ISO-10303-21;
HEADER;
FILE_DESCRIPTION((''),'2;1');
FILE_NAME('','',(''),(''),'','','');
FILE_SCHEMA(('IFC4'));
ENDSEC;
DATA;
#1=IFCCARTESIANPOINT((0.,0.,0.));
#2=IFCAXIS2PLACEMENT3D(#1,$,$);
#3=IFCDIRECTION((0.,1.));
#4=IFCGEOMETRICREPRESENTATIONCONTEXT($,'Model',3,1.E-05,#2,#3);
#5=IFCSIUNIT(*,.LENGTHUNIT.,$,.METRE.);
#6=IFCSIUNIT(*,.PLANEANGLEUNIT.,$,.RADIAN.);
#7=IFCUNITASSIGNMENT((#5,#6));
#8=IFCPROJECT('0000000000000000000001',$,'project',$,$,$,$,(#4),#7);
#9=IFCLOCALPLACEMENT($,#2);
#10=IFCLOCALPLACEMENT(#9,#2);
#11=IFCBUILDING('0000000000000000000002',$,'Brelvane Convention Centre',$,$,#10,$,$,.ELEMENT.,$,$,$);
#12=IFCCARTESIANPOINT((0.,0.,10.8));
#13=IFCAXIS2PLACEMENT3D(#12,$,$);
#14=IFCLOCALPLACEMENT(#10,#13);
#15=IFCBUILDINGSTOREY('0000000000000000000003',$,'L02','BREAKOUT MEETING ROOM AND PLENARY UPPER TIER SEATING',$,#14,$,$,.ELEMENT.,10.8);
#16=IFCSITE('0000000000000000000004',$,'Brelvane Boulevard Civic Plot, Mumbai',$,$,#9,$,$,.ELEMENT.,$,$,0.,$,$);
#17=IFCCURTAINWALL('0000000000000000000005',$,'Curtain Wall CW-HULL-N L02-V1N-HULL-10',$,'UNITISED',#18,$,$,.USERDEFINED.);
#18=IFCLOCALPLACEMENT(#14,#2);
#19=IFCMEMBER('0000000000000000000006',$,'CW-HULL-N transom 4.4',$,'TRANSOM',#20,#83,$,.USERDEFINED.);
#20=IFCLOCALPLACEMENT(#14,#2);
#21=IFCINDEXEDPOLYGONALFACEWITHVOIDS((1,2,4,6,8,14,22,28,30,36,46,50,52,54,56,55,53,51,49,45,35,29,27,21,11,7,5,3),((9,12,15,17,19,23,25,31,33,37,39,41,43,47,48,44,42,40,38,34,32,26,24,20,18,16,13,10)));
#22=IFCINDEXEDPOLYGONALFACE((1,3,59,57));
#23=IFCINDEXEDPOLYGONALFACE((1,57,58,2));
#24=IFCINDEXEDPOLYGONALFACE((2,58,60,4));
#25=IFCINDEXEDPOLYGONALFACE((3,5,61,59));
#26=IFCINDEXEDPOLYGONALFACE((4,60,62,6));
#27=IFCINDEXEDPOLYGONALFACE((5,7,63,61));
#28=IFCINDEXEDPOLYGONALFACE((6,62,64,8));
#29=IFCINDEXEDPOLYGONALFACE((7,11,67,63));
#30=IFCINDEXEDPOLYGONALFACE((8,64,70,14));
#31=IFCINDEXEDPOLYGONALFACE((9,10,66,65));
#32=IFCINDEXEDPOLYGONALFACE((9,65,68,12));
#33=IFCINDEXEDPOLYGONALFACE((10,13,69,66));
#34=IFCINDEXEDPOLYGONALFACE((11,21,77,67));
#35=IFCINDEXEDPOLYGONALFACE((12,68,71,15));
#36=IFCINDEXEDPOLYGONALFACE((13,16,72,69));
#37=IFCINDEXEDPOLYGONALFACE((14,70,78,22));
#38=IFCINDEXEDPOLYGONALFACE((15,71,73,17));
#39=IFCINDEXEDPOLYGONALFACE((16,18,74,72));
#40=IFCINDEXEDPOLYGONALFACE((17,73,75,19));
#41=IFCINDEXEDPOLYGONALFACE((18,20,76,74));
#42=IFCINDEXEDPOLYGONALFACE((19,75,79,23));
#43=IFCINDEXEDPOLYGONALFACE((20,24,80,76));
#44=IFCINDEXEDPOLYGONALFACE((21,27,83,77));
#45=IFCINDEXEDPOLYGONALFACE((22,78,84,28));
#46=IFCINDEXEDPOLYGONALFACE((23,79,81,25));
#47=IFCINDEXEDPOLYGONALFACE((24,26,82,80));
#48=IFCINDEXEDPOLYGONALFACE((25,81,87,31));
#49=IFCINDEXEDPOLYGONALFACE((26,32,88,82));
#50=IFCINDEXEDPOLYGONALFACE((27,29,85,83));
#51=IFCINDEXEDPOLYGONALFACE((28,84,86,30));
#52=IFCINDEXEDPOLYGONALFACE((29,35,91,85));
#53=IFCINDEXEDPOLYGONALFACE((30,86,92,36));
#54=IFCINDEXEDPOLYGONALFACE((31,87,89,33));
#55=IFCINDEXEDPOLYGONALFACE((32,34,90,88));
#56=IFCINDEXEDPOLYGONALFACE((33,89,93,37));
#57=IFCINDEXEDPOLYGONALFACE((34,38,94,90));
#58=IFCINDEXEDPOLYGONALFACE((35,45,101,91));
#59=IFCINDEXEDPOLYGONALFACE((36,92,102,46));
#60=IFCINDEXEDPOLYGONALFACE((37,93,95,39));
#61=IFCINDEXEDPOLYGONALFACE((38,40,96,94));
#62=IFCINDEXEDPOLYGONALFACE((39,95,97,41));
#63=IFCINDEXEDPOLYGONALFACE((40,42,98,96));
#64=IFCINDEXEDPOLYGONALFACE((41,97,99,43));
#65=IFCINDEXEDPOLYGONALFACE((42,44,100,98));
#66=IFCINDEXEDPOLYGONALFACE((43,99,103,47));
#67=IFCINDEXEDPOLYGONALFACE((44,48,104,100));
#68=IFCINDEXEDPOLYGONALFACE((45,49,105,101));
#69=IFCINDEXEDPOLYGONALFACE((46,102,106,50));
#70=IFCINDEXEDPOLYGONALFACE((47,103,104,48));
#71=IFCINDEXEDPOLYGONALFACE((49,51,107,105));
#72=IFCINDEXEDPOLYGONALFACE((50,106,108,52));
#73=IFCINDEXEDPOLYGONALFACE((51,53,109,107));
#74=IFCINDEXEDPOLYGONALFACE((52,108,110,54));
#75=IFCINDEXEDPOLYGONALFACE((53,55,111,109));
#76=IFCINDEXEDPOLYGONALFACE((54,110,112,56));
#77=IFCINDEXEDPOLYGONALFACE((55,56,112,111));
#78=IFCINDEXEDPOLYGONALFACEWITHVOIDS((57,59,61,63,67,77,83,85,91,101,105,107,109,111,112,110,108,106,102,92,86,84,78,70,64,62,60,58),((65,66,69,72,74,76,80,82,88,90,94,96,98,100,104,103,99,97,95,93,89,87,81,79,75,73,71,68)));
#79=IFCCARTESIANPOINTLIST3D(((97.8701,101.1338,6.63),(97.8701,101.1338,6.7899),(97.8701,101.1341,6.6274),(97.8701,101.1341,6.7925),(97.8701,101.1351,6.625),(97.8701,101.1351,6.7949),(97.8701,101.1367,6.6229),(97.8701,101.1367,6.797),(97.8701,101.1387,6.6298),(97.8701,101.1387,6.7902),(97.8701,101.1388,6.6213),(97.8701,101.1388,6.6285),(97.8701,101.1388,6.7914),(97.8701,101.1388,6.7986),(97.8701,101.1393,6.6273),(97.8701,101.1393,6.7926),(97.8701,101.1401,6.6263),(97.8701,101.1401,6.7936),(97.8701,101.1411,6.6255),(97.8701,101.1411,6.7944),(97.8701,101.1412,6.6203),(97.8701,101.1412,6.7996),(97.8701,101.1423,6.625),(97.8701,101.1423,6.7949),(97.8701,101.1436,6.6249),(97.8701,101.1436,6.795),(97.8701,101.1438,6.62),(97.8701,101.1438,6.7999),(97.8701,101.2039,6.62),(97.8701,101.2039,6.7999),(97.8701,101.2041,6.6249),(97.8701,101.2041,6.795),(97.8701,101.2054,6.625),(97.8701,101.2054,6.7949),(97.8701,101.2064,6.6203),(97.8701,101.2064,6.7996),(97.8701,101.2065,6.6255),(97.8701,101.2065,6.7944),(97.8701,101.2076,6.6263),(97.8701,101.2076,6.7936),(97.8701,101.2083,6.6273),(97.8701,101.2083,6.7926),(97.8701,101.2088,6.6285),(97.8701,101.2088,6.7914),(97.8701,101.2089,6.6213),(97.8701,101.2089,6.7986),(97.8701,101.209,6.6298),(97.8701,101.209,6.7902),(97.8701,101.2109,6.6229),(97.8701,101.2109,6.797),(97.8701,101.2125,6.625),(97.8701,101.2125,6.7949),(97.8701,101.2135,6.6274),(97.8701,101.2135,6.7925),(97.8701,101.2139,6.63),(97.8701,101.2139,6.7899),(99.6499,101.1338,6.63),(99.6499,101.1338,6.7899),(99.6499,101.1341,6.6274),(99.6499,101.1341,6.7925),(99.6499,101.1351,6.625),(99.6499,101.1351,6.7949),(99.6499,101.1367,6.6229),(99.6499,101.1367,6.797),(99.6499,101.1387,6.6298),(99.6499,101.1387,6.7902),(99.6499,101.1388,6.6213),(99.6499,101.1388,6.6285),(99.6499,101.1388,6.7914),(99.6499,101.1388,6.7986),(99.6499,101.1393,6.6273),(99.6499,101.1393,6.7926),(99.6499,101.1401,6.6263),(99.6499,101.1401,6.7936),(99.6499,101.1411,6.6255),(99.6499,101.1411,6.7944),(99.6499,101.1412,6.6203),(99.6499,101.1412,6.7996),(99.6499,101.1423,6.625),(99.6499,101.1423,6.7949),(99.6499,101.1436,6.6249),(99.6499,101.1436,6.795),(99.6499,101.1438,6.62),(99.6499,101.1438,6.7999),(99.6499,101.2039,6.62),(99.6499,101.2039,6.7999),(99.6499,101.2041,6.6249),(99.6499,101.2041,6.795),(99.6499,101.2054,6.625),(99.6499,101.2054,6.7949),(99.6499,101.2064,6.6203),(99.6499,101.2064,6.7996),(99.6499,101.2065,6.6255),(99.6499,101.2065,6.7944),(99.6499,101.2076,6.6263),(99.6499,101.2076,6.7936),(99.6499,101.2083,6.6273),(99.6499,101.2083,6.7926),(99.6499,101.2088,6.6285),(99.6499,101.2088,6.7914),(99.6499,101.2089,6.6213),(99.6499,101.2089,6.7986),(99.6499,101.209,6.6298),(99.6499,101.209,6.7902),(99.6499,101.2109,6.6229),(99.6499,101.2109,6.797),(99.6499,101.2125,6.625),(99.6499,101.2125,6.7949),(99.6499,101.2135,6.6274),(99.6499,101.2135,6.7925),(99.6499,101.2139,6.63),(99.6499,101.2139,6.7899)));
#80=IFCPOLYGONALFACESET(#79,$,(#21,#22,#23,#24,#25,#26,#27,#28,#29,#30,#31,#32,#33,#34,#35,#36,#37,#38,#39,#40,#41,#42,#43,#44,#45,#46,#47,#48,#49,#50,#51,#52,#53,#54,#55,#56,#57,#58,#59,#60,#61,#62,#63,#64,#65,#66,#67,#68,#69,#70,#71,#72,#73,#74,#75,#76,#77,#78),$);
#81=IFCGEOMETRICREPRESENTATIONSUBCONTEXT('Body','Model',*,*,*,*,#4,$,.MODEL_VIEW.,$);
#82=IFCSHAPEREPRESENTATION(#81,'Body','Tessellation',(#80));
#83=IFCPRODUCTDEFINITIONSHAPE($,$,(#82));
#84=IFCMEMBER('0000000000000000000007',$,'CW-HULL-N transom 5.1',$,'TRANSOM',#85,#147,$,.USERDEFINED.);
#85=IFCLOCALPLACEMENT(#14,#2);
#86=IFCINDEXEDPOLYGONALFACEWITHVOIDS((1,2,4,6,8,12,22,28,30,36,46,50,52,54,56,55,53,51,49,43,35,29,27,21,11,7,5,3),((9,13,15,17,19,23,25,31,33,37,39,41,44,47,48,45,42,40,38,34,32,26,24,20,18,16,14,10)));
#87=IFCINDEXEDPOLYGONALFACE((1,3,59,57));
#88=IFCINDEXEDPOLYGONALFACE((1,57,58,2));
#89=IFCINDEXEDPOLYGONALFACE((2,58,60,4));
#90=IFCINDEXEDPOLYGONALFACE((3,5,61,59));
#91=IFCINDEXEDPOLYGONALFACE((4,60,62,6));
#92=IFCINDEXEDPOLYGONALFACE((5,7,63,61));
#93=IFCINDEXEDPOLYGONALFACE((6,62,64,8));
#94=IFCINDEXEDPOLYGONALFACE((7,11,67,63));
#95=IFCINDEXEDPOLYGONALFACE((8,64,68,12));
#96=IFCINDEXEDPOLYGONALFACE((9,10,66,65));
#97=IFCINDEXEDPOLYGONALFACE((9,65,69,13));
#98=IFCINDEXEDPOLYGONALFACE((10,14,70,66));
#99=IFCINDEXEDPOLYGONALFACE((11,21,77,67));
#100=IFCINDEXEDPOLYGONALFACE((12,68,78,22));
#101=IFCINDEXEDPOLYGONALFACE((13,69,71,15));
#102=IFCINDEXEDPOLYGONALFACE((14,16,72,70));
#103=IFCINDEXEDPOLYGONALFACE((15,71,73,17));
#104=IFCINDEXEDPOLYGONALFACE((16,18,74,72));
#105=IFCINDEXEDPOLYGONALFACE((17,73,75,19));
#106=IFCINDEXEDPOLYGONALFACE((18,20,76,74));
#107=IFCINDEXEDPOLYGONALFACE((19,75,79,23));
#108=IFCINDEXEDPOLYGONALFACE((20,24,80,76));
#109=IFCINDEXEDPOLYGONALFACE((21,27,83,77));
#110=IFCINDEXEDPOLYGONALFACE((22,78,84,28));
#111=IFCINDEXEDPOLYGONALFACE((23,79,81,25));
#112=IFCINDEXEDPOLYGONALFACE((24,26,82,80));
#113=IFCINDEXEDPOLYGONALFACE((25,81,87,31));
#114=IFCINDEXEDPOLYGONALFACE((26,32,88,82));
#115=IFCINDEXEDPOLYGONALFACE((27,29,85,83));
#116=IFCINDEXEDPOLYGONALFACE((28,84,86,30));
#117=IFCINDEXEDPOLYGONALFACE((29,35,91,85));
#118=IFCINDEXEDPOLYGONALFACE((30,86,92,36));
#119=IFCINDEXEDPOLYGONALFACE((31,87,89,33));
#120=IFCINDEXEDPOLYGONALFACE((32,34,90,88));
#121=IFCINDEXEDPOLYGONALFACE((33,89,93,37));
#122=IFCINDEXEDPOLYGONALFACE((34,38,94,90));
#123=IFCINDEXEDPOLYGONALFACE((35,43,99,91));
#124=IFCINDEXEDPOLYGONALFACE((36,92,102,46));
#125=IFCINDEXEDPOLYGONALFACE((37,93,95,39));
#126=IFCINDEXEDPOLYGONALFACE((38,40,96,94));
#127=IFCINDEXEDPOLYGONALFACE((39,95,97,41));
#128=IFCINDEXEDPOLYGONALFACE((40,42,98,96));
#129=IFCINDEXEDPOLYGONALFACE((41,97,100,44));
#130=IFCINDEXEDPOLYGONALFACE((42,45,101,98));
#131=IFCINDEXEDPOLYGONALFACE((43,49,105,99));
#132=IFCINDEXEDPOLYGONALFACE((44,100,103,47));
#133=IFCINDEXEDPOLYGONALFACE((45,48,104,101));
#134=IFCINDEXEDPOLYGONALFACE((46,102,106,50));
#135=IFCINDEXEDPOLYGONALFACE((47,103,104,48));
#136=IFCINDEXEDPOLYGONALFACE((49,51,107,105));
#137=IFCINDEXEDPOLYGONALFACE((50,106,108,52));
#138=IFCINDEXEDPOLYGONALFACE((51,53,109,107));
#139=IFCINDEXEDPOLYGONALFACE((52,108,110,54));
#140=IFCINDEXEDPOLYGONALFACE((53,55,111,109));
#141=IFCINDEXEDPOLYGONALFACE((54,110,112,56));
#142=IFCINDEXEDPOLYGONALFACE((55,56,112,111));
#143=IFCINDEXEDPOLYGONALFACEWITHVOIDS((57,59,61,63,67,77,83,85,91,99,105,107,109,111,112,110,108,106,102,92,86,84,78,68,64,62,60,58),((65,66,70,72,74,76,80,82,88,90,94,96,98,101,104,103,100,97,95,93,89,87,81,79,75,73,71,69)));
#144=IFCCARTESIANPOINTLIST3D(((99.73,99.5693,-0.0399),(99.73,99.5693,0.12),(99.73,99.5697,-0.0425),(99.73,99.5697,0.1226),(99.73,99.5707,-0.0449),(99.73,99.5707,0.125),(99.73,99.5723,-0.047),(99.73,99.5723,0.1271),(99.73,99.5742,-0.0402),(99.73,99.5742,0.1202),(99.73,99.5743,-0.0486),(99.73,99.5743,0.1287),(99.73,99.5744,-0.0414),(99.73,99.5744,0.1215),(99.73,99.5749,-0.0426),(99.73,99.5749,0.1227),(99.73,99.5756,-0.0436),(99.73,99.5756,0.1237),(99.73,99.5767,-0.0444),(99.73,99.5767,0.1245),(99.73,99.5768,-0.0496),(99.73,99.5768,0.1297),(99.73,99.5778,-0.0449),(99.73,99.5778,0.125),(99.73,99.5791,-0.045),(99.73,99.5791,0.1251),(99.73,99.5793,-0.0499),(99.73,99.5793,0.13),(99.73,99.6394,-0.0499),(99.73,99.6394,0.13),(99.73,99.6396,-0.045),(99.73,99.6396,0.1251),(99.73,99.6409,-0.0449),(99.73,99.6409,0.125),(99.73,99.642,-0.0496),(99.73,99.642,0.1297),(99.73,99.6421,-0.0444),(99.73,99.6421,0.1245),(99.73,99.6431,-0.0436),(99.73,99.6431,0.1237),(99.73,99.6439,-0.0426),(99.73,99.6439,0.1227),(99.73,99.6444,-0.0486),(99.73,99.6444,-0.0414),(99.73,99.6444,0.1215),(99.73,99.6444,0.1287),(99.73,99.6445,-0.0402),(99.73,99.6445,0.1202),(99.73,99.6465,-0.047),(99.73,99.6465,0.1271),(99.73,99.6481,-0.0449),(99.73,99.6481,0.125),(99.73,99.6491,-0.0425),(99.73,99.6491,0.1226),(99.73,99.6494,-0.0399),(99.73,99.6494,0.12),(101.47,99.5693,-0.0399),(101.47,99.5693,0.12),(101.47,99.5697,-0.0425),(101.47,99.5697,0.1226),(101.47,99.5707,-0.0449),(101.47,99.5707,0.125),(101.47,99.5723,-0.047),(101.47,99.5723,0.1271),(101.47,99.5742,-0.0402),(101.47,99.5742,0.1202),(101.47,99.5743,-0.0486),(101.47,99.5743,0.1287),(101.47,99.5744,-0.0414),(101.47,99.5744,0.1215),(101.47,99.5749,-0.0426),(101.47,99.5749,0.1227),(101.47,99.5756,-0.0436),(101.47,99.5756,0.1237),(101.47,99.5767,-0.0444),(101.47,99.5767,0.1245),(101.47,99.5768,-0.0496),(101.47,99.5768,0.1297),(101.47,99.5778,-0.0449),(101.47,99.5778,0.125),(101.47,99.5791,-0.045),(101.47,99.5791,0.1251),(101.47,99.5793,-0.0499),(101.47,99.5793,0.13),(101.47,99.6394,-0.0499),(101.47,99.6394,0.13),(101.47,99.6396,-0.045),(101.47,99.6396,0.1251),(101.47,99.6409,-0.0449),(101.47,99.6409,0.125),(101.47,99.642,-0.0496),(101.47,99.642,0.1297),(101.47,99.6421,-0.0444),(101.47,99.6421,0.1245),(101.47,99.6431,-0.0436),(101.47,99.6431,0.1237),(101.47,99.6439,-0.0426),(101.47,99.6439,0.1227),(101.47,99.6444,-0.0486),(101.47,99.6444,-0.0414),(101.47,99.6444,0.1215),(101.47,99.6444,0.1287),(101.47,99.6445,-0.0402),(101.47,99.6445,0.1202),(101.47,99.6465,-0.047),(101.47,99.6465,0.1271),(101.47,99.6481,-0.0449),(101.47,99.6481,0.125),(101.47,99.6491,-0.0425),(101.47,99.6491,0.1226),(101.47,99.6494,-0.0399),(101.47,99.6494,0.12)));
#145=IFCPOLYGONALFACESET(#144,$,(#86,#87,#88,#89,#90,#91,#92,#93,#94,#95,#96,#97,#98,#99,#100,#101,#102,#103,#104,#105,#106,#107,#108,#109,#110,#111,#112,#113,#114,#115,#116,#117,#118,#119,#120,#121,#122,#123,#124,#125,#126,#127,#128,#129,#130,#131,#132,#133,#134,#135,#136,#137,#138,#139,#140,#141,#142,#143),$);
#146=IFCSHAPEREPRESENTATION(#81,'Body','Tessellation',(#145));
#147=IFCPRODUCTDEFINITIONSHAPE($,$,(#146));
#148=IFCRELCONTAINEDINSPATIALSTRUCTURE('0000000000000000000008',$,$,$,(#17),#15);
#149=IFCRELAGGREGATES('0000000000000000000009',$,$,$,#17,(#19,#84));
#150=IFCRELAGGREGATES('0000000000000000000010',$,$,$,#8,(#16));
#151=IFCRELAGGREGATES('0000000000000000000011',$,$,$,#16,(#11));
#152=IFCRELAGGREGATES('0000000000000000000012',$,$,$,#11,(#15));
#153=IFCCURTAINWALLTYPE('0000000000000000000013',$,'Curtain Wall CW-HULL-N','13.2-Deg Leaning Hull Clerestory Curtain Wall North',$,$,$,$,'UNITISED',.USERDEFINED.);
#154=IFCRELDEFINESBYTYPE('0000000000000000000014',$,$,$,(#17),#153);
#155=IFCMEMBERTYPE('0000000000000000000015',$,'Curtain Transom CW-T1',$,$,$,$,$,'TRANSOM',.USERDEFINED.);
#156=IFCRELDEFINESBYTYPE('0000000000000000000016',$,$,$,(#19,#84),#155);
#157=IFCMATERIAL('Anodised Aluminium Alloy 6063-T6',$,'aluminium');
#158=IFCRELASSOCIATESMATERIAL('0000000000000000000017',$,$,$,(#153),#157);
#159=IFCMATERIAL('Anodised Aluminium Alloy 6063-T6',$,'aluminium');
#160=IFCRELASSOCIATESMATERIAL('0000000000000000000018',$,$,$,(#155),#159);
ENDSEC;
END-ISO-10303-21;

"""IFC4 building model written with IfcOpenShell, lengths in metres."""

from ifc_helpers import new_model, si_unit, direction, frame, origin, origin_2d, place, context, subcontext, project, spatial, hollow_rectangle, extrude, material, material_profile, profile_set, type_object, element, aggregate, save


model = new_model("IFC4")

# Units and contexts
model_context = context("Model", 3, precision=1e-05, world=origin(), true_north=direction((0.0, 1.0)))
body_context = subcontext(model_context, "Body", "Model", "MODEL_VIEW")
ifc_project = project(units=[si_unit("LENGTHUNIT", "METRE"), si_unit("PLANEANGLEUNIT", "RADIAN")], contexts=[model_context])

# Site, building, storey
site_placement = place(None, origin())
site = spatial("IfcSite", under=ifc_project, at=site_placement, Name="Brelvane Boulevard Civic Plot, Mumbai", CompositionType="ELEMENT", RefElevation=0.0)
building_placement = place(site_placement, origin())
building = spatial("IfcBuilding", under=site, at=building_placement, Name="Brelvane Convention Centre", CompositionType="ELEMENT")
storey_placement = place(building_placement, frame((0.0, 0.0, 10.8)))
storey = spatial("IfcBuildingStorey", under=building, at=storey_placement, Name="L02", Description="BREAKOUT MEETING ROOM AND PLENARY UPPER TIER SEATING", CompositionType="ELEMENT", Elevation=10.8)

# Curtain wall
ifc_material_1 = material(Name="Anodised Aluminium Alloy 6063-T6", Category="aluminium")
curtain_wall_type = type_object("IfcCurtainWallType", Name="Curtain Wall CW-HULL-N", Description="13.2-Deg Leaning Hull Clerestory Curtain Wall North", ElementType="UNITISED", PredefinedType="USERDEFINED", material=ifc_material_1)
curtain_wall_1_placement = place(storey_placement, origin())
curtain_wall_1 = element("IfcCurtainWall", 1, at=curtain_wall_1_placement, inside=storey, type_object=curtain_wall_type, Name="Curtain Wall CW-HULL-N L02-V1N-HULL-10", ObjectType="UNITISED", PredefinedType="USERDEFINED")

# Members
ifc_material_2 = material(Name="Anodised Aluminium Alloy 6063-T6", Category="aluminium")
ifc_material_profile_1 = material_profile(ifc_material_2, hollow_rectangle(XDim=0.0801, YDim=0.1799, WallThickness=0.0049, InnerFilletRadius=0.0049, OuterFilletRadius=0.01, at=origin_2d()), Name="ALU-T 180x80x5.0")
ifc_profile_set_1 = profile_set([ifc_material_profile_1], Name="Anodised Aluminium Alloy 6063-T6")
member_type_1 = type_object("IfcMemberType", Name="Curtain Transom CW-T1", ElementType="TRANSOM", PredefinedType="USERDEFINED", material=ifc_profile_set_1)
member_1_placement = place(storey_placement, frame((97.8701, 101.1738, 6.71), z_axis=(1.0, 0.0, 0.0), x_axis=(0.0, 1.0, 0.0)))
member_1 = element("IfcMember", 2, at=member_1_placement, type_object=member_type_1, Name="CW-HULL-N transom 4.4", ObjectType="TRANSOM", PredefinedType="USERDEFINED", context=body_context, shape_type="SweptSolid", body=[
    extrude(hollow_rectangle(XDim=0.0801, YDim=0.1799, WallThickness=0.0049, InnerFilletRadius=0.0049, OuterFilletRadius=0.01, at=origin_2d()), origin(), (0.0, 0.0, 1.0), 1.7798),
])
member_2_placement = place(storey_placement, frame((99.73, 99.6094, 0.04), z_axis=(1.0, 0.0, 0.0), x_axis=(0.0, 1.0, 0.0)))
member_2 = element("IfcMember", 3, at=member_2_placement, type_object=member_type_1, Name="CW-HULL-N transom 5.1", ObjectType="TRANSOM", PredefinedType="USERDEFINED", context=body_context, shape_type="SweptSolid", body=[
    extrude(hollow_rectangle(XDim=0.0801, YDim=0.1799, WallThickness=0.0049, InnerFilletRadius=0.0049, OuterFilletRadius=0.01, at=origin_2d()), origin(), (0.0, 0.0, 1.0), 1.74),
])

aggregate(curtain_wall_1, [member_1, member_2])

save(model, "model.ifc")
